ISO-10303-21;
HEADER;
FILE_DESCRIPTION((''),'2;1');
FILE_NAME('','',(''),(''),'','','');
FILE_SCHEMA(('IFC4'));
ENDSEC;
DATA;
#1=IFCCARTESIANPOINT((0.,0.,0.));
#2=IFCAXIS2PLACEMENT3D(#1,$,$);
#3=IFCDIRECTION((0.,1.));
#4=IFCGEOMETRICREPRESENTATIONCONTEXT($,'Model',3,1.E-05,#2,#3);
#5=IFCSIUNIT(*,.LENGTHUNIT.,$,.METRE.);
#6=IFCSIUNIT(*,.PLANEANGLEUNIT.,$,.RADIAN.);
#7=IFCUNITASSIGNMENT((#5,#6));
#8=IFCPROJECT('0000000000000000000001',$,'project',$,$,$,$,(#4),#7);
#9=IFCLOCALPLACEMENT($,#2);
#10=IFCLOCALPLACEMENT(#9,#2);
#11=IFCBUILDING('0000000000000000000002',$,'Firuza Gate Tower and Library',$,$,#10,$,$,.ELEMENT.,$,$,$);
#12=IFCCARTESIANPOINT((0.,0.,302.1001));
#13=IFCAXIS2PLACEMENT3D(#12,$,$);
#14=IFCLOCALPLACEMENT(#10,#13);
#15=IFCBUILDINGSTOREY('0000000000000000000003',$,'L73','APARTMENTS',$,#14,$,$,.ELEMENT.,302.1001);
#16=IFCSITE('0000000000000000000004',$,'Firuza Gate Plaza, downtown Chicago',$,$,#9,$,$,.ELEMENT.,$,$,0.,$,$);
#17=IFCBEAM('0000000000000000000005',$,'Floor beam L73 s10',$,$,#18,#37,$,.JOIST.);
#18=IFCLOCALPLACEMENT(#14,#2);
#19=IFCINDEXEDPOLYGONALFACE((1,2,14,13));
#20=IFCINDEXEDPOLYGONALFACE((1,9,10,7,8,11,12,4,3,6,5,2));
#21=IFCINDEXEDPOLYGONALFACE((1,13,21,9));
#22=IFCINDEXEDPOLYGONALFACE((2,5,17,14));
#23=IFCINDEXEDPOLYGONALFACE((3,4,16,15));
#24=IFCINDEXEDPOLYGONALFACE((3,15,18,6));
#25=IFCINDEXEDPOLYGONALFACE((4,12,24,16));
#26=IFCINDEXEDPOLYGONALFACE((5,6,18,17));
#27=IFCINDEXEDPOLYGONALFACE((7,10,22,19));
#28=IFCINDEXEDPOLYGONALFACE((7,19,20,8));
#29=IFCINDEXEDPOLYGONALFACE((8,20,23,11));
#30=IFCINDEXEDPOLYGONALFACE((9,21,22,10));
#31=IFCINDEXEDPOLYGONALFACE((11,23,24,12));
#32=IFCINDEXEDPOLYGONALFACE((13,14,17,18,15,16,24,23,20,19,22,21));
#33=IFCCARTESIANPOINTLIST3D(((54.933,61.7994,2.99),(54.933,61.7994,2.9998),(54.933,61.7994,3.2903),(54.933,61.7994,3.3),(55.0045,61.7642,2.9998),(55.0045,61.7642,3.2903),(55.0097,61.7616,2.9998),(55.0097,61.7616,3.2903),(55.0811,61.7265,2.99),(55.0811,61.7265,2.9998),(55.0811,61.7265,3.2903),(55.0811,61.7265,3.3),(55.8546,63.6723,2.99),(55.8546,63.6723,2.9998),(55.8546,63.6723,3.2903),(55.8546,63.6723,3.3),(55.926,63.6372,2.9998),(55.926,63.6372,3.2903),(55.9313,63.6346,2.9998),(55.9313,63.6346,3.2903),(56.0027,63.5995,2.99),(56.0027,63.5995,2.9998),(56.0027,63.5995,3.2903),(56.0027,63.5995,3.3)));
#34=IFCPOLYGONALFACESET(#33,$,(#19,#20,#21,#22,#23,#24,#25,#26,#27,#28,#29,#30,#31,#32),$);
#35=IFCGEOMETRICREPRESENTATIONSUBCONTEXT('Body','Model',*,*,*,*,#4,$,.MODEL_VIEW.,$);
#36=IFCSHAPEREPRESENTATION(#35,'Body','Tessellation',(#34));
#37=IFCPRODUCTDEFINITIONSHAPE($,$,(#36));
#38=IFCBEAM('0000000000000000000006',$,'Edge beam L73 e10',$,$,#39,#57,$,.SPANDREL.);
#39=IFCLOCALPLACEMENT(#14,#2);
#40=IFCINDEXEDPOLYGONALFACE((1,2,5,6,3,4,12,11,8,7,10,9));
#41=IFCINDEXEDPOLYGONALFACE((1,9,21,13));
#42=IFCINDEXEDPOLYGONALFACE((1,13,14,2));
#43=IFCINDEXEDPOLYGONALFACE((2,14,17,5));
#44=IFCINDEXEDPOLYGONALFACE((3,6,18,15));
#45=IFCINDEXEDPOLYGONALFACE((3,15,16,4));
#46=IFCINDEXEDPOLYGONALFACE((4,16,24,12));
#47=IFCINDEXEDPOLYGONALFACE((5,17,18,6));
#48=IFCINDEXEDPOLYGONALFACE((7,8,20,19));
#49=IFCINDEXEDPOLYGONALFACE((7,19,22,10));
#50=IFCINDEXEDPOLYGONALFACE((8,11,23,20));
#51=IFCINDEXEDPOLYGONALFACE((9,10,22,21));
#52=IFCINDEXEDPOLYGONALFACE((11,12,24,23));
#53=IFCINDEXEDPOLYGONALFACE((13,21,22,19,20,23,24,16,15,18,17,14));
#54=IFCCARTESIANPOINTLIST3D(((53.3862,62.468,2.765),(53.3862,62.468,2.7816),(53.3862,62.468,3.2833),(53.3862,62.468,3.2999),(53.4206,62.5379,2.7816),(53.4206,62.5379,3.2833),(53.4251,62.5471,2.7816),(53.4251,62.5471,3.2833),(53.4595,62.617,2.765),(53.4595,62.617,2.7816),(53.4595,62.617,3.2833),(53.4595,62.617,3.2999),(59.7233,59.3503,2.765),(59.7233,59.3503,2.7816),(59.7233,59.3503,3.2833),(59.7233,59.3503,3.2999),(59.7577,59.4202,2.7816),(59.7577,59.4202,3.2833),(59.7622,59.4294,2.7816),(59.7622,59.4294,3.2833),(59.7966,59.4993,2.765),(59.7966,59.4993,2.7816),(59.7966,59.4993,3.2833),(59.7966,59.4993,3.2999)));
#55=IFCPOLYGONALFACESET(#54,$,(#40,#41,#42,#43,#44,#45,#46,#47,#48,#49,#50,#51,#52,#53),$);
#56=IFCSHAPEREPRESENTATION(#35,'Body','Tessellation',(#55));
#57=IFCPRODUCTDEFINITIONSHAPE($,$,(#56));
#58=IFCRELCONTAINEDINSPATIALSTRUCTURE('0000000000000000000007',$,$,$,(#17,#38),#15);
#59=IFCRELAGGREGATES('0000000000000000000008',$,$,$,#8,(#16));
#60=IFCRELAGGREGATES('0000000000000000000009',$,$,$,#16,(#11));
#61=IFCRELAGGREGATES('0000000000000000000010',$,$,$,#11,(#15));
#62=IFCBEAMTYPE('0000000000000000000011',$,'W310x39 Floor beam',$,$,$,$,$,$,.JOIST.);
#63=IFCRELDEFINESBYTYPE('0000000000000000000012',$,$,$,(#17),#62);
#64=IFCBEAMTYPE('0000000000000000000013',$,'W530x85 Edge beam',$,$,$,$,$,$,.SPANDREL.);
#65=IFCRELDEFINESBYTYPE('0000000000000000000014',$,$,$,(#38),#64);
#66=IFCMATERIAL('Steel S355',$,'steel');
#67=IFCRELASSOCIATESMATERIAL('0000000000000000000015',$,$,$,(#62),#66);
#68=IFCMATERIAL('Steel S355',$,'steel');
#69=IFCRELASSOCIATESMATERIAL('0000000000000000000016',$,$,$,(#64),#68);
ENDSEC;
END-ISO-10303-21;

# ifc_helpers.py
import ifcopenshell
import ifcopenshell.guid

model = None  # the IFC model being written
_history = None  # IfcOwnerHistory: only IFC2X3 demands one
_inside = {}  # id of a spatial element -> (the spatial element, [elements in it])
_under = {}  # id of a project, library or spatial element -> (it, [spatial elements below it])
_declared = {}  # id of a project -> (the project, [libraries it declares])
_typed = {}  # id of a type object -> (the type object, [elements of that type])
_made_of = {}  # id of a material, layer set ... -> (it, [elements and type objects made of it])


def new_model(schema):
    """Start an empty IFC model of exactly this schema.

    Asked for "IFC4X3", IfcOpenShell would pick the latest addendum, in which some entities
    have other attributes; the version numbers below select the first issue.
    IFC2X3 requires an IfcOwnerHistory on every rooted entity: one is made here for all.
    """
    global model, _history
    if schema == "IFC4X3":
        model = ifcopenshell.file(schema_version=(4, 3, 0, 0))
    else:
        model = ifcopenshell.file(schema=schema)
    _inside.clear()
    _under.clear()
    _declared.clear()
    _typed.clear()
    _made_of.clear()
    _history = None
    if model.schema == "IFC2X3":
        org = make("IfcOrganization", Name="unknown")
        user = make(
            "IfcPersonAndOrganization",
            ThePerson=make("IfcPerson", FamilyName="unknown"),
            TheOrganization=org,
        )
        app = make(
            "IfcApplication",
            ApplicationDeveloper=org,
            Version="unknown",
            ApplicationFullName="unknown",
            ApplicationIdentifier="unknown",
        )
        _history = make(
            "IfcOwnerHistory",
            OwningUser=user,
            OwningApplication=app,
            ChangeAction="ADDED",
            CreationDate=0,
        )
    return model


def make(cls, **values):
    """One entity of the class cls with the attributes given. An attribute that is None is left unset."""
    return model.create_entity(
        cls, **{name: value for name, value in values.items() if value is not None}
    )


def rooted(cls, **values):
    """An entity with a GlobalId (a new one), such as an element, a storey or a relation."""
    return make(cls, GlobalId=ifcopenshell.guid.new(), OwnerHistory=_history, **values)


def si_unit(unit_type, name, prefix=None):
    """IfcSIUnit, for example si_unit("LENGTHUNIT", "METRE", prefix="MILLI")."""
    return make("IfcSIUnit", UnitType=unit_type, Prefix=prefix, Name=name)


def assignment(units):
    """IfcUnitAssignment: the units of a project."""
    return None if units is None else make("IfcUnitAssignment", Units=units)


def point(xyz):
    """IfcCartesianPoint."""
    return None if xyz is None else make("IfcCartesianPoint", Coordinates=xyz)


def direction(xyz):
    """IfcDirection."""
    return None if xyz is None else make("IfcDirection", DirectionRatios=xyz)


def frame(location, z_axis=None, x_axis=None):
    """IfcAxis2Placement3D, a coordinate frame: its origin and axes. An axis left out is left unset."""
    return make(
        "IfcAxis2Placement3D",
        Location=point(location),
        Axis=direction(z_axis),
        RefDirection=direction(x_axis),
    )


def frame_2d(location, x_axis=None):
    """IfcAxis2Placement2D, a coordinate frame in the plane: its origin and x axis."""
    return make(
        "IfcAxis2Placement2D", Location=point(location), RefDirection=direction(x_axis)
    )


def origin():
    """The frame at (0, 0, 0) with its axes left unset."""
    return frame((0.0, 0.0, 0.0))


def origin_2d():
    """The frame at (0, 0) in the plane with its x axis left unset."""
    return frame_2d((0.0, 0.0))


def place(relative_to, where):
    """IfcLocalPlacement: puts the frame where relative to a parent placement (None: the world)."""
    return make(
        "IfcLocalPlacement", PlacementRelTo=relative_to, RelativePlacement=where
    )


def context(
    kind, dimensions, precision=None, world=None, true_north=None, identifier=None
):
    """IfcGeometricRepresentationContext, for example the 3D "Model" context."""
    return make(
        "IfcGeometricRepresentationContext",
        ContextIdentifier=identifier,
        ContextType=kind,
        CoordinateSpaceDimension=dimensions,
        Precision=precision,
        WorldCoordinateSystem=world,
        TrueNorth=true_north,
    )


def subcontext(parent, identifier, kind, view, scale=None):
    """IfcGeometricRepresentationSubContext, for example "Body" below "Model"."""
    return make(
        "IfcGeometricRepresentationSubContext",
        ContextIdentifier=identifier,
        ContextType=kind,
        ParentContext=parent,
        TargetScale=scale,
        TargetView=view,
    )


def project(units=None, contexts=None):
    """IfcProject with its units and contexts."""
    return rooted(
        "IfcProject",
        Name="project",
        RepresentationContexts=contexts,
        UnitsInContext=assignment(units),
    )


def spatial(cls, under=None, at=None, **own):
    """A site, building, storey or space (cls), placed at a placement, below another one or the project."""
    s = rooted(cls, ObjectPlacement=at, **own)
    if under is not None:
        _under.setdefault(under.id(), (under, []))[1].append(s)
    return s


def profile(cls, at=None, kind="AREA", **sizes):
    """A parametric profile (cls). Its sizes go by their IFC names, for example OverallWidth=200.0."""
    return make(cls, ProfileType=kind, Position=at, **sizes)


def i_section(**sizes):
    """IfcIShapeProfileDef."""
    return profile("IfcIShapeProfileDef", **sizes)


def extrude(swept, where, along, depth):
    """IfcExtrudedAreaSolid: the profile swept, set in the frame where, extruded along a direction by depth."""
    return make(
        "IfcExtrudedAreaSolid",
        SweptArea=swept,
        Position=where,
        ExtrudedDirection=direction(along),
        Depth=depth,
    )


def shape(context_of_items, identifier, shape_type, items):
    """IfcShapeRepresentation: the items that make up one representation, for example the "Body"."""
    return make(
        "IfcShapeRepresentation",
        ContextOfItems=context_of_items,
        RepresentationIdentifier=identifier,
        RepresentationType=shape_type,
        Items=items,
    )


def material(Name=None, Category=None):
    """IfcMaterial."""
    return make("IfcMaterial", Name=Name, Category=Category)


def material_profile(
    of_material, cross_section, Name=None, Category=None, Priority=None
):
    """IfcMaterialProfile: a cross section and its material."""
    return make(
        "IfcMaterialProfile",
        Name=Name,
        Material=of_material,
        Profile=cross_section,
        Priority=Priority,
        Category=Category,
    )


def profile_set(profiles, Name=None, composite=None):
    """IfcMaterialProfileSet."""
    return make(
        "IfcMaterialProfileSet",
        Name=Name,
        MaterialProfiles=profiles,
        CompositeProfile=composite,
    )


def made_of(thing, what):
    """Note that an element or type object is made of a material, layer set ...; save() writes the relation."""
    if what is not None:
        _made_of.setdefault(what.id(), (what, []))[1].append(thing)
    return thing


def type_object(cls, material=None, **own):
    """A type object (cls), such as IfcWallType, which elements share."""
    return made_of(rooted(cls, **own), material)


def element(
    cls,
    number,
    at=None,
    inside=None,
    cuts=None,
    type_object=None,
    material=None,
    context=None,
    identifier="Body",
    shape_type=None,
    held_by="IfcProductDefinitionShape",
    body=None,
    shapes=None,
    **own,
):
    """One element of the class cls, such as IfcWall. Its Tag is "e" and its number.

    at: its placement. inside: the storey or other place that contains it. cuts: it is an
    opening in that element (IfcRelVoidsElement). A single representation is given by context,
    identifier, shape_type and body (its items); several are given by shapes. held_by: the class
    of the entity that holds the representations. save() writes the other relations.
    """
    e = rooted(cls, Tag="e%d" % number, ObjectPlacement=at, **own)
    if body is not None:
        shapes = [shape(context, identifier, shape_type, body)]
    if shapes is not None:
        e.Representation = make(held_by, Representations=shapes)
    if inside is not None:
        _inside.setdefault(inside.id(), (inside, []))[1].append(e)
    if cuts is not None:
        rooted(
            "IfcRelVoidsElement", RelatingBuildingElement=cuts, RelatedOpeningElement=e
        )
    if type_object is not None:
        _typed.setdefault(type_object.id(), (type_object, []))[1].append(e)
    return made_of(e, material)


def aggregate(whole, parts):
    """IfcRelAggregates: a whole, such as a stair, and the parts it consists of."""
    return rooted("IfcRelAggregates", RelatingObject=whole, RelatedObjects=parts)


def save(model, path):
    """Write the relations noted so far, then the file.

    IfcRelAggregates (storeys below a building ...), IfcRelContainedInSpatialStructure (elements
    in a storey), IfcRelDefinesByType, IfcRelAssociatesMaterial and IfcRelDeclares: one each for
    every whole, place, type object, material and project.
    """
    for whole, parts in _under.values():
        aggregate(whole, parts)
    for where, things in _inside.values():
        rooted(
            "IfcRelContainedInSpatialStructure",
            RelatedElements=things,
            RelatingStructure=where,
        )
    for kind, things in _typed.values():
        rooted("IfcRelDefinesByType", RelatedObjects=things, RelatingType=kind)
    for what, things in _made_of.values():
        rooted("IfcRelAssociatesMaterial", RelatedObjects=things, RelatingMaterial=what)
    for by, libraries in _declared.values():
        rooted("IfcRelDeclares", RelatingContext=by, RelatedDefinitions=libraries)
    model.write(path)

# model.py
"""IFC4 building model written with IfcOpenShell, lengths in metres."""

from ifc_helpers import new_model, si_unit, direction, frame, origin, origin_2d, place, context, subcontext, project, spatial, i_section, extrude, material, material_profile, profile_set, type_object, element, save


model = new_model("IFC4")

# Units and contexts
model_context = context("Model", 3, precision=1e-05, world=origin(), true_north=direction((0.0, 1.0)))
body_context = subcontext(model_context, "Body", "Model", "MODEL_VIEW")
ifc_project = project(units=[si_unit("LENGTHUNIT", "METRE"), si_unit("PLANEANGLEUNIT", "RADIAN")], contexts=[model_context])

# Site, building, storey
site_placement = place(None, origin())
site = spatial("IfcSite", under=ifc_project, at=site_placement, Name="Firuza Gate Plaza, downtown Chicago", CompositionType="ELEMENT", RefElevation=0.0)
building_placement = place(site_placement, origin())
building = spatial("IfcBuilding", under=site, at=building_placement, Name="Firuza Gate Tower and Library", CompositionType="ELEMENT")
storey_placement = place(building_placement, frame((0.0, 0.0, 302.1001)))
storey = spatial("IfcBuildingStorey", under=building, at=storey_placement, Name="L73", Description="APARTMENTS", CompositionType="ELEMENT", Elevation=302.1001)

# Beams
ifc_material_1 = material(Name="Steel S355", Category="steel")
ifc_material_profile_1 = material_profile(ifc_material_1, i_section(OverallWidth=0.165, OverallDepth=0.3101, WebThickness=0.0059, FlangeThickness=0.0098, at=origin_2d()))
ifc_profile_set_1 = profile_set([ifc_material_profile_1], Name="Steel S355")
beam_type_1 = type_object("IfcBeamType", Name="W310x39 Floor beam", PredefinedType="JOIST", material=ifc_profile_set_1)
beam_1_placement = place(storey_placement, frame((55.0071, 61.7629, 3.145), z_axis=(0.441497, 0.897263, 0.0), x_axis=(-0.897263, 0.441497, 0.0)))
element("IfcBeam", 1, at=beam_1_placement, inside=storey, type_object=beam_type_1, Name="Floor beam L73 s10", PredefinedType="JOIST", context=body_context, shape_type="SweptSolid", body=[
    extrude(i_section(OverallWidth=0.165, OverallDepth=0.3101, WebThickness=0.0059, FlangeThickness=0.0098, at=origin_2d()), origin(), (0.0, 0.0, 1.0), 2.0874),
])
ifc_material_2 = material(Name="Steel S355", Category="steel")
ifc_material_profile_2 = material_profile(ifc_material_2, i_section(OverallWidth=0.166, OverallDepth=0.5349, WebThickness=0.0103, FlangeThickness=0.0166, at=origin_2d()))
ifc_profile_set_2 = profile_set([ifc_material_profile_2], Name="Steel S355")
beam_type_2 = type_object("IfcBeamType", Name="W530x85 Edge beam", PredefinedType="SPANDREL", material=ifc_profile_set_2)
beam_2_placement = place(storey_placement, frame((53.4229, 62.5425, 3.0325), z_axis=(0.897292, -0.441438, 0.0), x_axis=(0.441438, 0.897292, 0.0)))
element("IfcBeam", 2, at=beam_2_placement, inside=storey, type_object=beam_type_2, Name="Edge beam L73 e10", PredefinedType="SPANDREL", context=body_context, shape_type="SweptSolid", body=[
    extrude(i_section(OverallWidth=0.166, OverallDepth=0.5349, WebThickness=0.0103, FlangeThickness=0.0166, at=origin_2d()), origin(), (0.0, 0.0, 1.0), 7.0625),
])

save(model, "model.ifc")
